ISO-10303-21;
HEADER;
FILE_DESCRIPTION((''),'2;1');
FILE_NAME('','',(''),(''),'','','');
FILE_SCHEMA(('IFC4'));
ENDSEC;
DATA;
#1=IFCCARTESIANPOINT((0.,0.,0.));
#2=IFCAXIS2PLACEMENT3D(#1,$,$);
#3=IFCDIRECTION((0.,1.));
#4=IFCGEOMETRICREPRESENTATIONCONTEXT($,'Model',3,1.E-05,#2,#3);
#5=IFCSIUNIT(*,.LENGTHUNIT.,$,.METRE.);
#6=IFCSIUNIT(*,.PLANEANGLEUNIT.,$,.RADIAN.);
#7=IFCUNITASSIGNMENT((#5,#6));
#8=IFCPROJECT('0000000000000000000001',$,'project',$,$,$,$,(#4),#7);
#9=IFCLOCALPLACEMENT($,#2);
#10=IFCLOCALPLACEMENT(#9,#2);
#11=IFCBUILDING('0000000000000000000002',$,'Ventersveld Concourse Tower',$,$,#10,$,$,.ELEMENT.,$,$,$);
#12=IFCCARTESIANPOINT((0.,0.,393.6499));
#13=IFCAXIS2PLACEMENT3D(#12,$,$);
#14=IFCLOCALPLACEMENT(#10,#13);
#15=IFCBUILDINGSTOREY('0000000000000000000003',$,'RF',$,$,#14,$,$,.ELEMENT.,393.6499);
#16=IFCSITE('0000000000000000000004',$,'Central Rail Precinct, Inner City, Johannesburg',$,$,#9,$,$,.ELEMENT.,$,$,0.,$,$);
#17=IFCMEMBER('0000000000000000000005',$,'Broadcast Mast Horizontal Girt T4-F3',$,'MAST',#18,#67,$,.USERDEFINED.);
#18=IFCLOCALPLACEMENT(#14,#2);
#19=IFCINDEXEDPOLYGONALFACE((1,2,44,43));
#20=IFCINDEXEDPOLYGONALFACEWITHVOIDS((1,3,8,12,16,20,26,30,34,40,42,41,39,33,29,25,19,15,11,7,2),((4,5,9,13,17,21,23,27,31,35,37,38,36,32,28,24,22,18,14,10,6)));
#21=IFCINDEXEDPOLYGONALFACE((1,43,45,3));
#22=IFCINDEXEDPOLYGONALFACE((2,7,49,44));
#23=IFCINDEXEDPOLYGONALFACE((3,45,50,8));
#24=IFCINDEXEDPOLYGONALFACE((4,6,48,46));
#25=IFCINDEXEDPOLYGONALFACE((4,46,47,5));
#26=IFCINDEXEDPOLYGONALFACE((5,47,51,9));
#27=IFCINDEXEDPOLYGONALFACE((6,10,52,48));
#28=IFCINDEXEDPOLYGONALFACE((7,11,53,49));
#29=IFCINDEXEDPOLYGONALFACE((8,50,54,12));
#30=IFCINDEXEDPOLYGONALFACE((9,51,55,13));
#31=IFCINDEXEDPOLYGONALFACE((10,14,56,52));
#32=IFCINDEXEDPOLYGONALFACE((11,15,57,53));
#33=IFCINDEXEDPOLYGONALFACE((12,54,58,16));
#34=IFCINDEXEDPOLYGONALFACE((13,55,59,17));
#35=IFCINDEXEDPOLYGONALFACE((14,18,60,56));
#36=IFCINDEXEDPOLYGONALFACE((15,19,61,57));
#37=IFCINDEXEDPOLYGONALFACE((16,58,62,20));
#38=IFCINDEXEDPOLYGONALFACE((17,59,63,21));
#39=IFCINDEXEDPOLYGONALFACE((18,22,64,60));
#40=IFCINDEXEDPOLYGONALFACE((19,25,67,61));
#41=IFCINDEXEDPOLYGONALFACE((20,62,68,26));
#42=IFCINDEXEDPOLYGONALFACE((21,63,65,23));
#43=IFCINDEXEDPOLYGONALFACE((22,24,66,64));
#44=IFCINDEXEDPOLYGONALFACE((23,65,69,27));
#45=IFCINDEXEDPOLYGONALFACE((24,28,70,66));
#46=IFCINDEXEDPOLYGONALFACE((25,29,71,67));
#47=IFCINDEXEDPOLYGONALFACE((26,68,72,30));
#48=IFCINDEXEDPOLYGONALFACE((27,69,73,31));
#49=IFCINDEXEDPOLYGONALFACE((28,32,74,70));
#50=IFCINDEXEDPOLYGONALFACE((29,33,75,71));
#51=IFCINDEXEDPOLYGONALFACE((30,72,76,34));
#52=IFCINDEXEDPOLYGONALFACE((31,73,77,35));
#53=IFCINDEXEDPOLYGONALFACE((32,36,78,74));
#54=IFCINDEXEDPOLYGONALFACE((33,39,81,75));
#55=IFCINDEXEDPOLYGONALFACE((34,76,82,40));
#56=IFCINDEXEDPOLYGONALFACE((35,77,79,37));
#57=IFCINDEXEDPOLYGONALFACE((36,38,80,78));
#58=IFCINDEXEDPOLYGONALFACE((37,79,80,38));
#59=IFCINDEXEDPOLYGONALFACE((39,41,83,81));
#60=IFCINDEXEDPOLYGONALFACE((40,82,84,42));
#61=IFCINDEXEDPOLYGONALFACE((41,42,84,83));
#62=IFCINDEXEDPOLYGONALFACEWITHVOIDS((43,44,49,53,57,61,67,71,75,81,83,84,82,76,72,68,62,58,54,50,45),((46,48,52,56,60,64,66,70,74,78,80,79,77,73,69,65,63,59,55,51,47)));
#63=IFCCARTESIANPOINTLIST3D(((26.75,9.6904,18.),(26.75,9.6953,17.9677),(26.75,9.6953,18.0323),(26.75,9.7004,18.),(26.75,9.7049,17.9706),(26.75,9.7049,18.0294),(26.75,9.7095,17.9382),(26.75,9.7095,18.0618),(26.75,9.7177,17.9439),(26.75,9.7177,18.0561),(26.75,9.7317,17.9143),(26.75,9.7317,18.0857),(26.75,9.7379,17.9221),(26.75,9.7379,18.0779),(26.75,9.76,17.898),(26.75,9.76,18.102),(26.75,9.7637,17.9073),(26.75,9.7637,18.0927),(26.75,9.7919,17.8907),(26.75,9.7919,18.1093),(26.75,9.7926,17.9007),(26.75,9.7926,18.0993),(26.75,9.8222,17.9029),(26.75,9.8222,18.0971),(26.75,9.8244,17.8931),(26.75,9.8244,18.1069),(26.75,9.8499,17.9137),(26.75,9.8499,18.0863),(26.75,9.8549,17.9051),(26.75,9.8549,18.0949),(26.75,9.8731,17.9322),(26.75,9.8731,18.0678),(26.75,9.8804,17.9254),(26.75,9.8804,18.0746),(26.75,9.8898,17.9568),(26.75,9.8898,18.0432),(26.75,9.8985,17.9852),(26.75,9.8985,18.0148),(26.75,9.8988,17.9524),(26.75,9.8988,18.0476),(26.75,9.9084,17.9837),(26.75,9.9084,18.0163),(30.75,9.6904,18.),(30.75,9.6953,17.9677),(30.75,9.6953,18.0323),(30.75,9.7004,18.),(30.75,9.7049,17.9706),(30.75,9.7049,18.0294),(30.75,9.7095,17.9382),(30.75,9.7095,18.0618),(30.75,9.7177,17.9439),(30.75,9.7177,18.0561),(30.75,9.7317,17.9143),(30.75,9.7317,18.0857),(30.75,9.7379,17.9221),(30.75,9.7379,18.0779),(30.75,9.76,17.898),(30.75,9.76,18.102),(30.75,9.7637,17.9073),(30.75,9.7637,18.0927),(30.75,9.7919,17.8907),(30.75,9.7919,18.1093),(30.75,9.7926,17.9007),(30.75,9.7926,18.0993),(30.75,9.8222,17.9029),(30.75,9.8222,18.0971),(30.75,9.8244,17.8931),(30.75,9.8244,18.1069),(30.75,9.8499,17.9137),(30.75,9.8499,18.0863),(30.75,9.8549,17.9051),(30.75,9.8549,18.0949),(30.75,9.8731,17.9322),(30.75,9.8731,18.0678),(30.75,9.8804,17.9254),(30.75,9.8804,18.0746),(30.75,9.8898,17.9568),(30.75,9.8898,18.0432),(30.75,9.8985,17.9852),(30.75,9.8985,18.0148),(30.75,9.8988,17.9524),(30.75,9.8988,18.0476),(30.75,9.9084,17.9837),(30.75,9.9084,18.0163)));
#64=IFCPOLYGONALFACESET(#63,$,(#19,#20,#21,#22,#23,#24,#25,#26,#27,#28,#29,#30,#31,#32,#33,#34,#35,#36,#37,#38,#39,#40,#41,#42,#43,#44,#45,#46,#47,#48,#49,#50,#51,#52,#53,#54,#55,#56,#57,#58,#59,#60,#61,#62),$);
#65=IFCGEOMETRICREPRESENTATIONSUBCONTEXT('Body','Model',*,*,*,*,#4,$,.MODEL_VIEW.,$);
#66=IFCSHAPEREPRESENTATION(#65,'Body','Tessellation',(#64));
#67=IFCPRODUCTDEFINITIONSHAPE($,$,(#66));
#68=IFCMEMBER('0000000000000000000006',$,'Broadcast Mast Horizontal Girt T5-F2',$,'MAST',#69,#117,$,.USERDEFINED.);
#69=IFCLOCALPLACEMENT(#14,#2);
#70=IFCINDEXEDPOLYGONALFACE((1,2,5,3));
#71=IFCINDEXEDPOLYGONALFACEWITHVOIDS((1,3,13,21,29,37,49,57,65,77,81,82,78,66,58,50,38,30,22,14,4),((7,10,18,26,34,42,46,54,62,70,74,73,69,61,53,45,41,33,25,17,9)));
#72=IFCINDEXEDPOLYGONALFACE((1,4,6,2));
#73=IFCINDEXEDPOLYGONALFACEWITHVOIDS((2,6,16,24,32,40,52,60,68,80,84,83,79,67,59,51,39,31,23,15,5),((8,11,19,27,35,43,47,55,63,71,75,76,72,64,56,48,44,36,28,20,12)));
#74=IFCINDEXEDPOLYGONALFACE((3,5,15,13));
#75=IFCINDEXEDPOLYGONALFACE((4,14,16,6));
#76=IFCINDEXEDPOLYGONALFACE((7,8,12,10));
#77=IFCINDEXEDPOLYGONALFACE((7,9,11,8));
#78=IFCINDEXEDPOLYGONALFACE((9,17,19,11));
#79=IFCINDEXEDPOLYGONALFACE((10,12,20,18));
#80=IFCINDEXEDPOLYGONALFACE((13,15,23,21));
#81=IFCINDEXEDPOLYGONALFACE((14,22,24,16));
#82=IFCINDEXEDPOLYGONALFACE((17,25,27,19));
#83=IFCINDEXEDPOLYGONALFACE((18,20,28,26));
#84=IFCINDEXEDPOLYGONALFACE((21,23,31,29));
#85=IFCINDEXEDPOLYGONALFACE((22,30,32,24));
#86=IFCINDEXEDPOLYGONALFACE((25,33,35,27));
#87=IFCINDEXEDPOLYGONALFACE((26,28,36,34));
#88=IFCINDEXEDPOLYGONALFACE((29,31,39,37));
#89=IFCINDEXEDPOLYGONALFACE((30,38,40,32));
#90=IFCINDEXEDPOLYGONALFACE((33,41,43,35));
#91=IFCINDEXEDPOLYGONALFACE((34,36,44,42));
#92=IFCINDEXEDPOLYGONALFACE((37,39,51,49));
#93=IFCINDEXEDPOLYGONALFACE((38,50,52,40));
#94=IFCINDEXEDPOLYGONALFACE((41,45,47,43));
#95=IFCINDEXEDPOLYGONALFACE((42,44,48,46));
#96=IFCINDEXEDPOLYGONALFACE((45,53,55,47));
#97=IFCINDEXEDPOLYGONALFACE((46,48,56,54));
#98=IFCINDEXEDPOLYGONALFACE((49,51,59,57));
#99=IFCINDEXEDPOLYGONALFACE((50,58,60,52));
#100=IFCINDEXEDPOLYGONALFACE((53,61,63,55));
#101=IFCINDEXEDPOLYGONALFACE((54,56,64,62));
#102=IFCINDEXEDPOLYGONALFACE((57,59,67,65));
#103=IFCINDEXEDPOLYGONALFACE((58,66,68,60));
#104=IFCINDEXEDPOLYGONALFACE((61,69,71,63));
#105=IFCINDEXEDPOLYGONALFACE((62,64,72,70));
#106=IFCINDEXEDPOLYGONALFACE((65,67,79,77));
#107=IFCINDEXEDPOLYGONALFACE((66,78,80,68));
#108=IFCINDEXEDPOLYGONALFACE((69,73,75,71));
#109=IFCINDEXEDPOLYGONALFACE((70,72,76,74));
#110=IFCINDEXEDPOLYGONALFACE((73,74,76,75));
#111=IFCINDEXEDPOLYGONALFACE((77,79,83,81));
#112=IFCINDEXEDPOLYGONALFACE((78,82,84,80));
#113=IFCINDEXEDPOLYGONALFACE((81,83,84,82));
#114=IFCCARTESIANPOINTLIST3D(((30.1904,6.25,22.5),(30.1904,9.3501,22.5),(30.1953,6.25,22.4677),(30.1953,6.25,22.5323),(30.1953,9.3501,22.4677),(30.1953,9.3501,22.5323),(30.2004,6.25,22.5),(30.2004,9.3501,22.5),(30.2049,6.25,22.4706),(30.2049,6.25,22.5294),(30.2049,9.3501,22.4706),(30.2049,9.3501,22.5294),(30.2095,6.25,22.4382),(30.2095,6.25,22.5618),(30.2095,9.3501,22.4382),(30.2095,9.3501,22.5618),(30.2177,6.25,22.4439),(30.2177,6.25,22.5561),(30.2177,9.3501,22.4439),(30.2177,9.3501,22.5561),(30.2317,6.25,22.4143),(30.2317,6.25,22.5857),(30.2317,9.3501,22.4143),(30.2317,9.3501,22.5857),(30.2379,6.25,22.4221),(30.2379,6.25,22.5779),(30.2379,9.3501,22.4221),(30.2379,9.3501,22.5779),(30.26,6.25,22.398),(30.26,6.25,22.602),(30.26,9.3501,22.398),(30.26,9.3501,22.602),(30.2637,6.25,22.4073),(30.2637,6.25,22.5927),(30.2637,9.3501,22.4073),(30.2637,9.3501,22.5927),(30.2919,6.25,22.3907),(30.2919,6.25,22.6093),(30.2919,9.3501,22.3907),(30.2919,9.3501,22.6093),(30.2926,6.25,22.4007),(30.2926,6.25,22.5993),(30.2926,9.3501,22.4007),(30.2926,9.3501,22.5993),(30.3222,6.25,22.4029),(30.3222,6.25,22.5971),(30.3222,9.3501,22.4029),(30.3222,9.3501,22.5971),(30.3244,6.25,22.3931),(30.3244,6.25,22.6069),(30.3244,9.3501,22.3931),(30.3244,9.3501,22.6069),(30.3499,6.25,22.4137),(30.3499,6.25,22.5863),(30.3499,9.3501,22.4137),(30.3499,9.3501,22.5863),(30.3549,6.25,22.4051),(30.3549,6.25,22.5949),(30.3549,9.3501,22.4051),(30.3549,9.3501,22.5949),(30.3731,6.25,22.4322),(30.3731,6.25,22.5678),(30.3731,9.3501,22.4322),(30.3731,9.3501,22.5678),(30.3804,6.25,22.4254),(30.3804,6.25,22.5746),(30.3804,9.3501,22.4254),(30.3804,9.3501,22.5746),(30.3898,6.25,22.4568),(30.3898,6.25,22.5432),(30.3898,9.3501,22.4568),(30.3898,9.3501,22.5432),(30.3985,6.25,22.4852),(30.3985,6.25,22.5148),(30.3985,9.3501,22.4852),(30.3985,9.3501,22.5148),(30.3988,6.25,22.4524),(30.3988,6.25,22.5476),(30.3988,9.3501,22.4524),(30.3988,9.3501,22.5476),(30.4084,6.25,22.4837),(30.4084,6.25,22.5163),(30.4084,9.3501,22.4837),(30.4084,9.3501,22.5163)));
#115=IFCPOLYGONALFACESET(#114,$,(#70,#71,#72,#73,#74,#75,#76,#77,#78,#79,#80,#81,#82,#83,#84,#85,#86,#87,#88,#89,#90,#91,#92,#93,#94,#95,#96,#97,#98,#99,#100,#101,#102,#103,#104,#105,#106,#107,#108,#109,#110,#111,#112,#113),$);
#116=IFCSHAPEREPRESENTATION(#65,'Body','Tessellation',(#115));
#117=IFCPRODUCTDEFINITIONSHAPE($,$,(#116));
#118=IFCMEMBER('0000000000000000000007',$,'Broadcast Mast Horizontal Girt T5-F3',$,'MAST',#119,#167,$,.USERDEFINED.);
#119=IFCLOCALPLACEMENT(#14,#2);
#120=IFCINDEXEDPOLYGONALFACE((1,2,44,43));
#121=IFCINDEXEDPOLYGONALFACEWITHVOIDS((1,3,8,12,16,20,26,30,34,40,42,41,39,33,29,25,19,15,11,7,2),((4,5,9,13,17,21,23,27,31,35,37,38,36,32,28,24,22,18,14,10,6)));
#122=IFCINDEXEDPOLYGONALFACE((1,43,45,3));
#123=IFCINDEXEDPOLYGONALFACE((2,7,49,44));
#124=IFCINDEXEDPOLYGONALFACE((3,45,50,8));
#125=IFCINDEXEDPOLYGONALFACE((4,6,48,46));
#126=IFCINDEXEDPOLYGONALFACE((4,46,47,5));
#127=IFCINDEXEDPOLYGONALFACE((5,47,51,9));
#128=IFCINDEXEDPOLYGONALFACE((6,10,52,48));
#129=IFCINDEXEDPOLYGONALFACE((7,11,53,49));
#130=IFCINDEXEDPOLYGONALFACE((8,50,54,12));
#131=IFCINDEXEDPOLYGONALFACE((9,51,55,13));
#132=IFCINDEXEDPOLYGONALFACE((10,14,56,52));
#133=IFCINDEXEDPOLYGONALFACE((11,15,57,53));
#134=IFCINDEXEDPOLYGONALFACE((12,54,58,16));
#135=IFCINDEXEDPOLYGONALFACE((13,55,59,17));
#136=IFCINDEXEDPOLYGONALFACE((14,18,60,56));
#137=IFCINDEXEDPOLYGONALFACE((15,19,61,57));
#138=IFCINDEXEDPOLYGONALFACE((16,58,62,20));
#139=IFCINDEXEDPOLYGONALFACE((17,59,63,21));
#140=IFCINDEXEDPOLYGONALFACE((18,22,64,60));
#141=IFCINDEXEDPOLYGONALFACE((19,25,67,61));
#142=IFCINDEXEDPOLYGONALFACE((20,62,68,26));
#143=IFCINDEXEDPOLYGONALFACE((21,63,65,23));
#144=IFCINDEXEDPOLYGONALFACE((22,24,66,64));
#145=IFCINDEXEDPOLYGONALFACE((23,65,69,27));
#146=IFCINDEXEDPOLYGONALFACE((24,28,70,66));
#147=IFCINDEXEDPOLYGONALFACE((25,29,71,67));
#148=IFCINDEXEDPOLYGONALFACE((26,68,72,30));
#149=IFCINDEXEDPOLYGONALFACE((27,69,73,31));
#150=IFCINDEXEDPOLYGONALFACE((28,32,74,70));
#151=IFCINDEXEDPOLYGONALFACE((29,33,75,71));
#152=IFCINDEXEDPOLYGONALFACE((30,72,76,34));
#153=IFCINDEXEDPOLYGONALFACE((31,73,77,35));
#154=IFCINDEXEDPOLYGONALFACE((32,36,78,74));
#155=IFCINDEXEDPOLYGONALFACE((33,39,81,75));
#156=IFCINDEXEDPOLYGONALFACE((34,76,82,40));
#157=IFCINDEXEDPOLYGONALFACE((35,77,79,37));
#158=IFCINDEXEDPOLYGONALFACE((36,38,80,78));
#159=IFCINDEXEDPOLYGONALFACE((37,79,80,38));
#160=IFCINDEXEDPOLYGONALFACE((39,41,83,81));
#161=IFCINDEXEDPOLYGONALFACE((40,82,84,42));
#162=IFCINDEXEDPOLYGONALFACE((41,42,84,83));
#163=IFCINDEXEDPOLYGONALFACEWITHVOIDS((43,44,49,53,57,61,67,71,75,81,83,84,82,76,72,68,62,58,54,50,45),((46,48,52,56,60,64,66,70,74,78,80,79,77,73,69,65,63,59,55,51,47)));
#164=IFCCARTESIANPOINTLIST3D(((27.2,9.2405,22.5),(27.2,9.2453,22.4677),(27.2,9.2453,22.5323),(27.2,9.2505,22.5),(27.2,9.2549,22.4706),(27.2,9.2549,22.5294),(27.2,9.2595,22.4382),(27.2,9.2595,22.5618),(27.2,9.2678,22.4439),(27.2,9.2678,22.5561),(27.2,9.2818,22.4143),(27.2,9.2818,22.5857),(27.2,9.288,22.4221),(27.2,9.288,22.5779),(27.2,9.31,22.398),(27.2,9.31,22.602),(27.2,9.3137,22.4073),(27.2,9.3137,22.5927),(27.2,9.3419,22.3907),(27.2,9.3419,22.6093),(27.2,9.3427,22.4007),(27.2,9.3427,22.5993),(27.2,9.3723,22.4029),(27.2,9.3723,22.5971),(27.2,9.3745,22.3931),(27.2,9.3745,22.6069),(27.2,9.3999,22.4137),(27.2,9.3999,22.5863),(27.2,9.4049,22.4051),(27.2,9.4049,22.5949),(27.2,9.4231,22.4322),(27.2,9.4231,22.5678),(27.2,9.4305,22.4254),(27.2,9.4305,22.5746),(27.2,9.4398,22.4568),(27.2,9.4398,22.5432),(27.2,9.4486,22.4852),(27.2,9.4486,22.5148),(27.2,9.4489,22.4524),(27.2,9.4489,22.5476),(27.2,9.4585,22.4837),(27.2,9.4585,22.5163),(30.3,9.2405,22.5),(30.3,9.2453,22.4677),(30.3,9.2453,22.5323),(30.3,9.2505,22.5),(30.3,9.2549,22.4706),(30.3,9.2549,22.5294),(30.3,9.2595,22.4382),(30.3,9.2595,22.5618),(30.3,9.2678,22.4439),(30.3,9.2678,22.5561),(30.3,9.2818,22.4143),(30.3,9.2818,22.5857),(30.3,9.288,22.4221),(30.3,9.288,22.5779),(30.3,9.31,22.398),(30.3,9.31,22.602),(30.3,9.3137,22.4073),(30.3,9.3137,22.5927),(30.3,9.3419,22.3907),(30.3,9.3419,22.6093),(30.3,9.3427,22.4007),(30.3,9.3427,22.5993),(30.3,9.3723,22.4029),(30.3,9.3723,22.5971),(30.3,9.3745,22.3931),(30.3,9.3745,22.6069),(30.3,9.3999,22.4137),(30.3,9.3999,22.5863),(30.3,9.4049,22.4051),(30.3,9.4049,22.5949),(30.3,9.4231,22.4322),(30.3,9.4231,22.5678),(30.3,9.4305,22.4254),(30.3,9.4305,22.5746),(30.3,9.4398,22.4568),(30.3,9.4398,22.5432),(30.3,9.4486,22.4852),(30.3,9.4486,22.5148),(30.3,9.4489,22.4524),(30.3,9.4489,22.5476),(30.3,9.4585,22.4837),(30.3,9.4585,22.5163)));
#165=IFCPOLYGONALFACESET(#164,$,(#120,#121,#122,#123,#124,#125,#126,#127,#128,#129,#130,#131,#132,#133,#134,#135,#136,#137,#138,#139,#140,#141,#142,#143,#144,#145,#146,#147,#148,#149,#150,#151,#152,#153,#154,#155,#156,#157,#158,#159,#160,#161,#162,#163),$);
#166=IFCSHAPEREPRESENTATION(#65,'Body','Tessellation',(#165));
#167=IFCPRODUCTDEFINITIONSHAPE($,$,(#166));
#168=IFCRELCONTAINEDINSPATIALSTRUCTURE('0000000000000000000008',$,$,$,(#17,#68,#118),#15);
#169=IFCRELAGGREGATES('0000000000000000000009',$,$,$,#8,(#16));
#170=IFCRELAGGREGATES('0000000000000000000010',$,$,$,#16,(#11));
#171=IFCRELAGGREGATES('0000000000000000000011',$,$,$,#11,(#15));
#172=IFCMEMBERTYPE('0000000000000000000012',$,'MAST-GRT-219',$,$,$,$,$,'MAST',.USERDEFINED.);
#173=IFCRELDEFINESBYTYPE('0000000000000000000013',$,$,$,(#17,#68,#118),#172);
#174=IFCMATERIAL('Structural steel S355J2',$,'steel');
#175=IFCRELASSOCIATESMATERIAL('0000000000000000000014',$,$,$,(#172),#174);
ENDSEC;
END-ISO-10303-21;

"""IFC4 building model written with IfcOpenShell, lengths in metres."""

from ifc_helpers import new_model, si_unit, direction, frame, origin, origin_2d, place, context, subcontext, project, spatial, hollow_circle, extrude, material, material_profile, profile_set, type_object, element, save


model = new_model("IFC4")

# Units and contexts
model_context = context("Model", 3, precision=1e-05, world=origin(), true_north=direction((0.0, 1.0)))
body_context = subcontext(model_context, "Body", "Model", "MODEL_VIEW")
ifc_project = project(units=[si_unit("LENGTHUNIT", "METRE"), si_unit("PLANEANGLEUNIT", "RADIAN")], contexts=[model_context])

# Site, building, storey
site_placement = place(None, origin())
site = spatial("IfcSite", under=ifc_project, at=site_placement, Name="Central Rail Precinct, Inner City, Johannesburg", CompositionType="ELEMENT", RefElevation=0.0)
building_placement = place(site_placement, origin())
building = spatial("IfcBuilding", under=site, at=building_placement, Name="Ventersveld Concourse Tower", CompositionType="ELEMENT")
storey_placement = place(building_placement, frame((0.0, 0.0, 393.6499)))
storey = spatial("IfcBuildingStorey", under=building, at=storey_placement, Name="RF", CompositionType="ELEMENT", Elevation=393.6499)

# Members
ifc_material = material(Name="Structural steel S355J2", Category="steel")
ifc_material_profile_1 = material_profile(ifc_material, hollow_circle(Radius=0.1096, WallThickness=0.01, at=origin_2d()), Name="CHS 219.1x10")
ifc_profile_set_1 = profile_set([ifc_material_profile_1], Name="Structural steel S355J2")
member_type_1 = type_object("IfcMemberType", Name="MAST-GRT-219", ElementType="MAST", PredefinedType="USERDEFINED", material=ifc_profile_set_1)
for number, where, z_axis, x_axis, name in (
    (1, (30.75, 9.8, 18.0), (-1.0, 0.0, 0.0), (0.0, -1.0, 0.0), "Broadcast Mast Horizontal Girt T4-F3"),
):
    element("IfcMember", number, at=place(storey_placement, frame(where, z_axis=z_axis, x_axis=x_axis)), inside=storey, type_object=member_type_1, Name=name, ObjectType="MAST", PredefinedType="USERDEFINED", context=body_context, shape_type="SweptSolid", body=[
        extrude(hollow_circle(Radius=0.1096, WallThickness=0.01, at=origin_2d()), origin(), (0.0, 0.0, 1.0), 4.0),
    ])
for number, where, z_axis, x_axis, name in (
    (2, (30.3, 6.25, 22.5), (0.0, 1.0, 0.0), (-1.0, 0.0, 0.0), "Broadcast Mast Horizontal Girt T5-F2"),
    (3, (30.3, 9.3501, 22.5), (-1.0, 0.0, 0.0), (0.0, -1.0, 0.0), "Broadcast Mast Horizontal Girt T5-F3"),
):
    element("IfcMember", number, at=place(storey_placement, frame(where, z_axis=z_axis, x_axis=x_axis)), inside=storey, type_object=member_type_1, Name=name, ObjectType="MAST", PredefinedType="USERDEFINED", context=body_context, shape_type="SweptSolid", body=[
        extrude(hollow_circle(Radius=0.1096, WallThickness=0.01, at=origin_2d()), origin(), (0.0, 0.0, 1.0), 3.1001),
    ])

save(model, "model.ifc")
